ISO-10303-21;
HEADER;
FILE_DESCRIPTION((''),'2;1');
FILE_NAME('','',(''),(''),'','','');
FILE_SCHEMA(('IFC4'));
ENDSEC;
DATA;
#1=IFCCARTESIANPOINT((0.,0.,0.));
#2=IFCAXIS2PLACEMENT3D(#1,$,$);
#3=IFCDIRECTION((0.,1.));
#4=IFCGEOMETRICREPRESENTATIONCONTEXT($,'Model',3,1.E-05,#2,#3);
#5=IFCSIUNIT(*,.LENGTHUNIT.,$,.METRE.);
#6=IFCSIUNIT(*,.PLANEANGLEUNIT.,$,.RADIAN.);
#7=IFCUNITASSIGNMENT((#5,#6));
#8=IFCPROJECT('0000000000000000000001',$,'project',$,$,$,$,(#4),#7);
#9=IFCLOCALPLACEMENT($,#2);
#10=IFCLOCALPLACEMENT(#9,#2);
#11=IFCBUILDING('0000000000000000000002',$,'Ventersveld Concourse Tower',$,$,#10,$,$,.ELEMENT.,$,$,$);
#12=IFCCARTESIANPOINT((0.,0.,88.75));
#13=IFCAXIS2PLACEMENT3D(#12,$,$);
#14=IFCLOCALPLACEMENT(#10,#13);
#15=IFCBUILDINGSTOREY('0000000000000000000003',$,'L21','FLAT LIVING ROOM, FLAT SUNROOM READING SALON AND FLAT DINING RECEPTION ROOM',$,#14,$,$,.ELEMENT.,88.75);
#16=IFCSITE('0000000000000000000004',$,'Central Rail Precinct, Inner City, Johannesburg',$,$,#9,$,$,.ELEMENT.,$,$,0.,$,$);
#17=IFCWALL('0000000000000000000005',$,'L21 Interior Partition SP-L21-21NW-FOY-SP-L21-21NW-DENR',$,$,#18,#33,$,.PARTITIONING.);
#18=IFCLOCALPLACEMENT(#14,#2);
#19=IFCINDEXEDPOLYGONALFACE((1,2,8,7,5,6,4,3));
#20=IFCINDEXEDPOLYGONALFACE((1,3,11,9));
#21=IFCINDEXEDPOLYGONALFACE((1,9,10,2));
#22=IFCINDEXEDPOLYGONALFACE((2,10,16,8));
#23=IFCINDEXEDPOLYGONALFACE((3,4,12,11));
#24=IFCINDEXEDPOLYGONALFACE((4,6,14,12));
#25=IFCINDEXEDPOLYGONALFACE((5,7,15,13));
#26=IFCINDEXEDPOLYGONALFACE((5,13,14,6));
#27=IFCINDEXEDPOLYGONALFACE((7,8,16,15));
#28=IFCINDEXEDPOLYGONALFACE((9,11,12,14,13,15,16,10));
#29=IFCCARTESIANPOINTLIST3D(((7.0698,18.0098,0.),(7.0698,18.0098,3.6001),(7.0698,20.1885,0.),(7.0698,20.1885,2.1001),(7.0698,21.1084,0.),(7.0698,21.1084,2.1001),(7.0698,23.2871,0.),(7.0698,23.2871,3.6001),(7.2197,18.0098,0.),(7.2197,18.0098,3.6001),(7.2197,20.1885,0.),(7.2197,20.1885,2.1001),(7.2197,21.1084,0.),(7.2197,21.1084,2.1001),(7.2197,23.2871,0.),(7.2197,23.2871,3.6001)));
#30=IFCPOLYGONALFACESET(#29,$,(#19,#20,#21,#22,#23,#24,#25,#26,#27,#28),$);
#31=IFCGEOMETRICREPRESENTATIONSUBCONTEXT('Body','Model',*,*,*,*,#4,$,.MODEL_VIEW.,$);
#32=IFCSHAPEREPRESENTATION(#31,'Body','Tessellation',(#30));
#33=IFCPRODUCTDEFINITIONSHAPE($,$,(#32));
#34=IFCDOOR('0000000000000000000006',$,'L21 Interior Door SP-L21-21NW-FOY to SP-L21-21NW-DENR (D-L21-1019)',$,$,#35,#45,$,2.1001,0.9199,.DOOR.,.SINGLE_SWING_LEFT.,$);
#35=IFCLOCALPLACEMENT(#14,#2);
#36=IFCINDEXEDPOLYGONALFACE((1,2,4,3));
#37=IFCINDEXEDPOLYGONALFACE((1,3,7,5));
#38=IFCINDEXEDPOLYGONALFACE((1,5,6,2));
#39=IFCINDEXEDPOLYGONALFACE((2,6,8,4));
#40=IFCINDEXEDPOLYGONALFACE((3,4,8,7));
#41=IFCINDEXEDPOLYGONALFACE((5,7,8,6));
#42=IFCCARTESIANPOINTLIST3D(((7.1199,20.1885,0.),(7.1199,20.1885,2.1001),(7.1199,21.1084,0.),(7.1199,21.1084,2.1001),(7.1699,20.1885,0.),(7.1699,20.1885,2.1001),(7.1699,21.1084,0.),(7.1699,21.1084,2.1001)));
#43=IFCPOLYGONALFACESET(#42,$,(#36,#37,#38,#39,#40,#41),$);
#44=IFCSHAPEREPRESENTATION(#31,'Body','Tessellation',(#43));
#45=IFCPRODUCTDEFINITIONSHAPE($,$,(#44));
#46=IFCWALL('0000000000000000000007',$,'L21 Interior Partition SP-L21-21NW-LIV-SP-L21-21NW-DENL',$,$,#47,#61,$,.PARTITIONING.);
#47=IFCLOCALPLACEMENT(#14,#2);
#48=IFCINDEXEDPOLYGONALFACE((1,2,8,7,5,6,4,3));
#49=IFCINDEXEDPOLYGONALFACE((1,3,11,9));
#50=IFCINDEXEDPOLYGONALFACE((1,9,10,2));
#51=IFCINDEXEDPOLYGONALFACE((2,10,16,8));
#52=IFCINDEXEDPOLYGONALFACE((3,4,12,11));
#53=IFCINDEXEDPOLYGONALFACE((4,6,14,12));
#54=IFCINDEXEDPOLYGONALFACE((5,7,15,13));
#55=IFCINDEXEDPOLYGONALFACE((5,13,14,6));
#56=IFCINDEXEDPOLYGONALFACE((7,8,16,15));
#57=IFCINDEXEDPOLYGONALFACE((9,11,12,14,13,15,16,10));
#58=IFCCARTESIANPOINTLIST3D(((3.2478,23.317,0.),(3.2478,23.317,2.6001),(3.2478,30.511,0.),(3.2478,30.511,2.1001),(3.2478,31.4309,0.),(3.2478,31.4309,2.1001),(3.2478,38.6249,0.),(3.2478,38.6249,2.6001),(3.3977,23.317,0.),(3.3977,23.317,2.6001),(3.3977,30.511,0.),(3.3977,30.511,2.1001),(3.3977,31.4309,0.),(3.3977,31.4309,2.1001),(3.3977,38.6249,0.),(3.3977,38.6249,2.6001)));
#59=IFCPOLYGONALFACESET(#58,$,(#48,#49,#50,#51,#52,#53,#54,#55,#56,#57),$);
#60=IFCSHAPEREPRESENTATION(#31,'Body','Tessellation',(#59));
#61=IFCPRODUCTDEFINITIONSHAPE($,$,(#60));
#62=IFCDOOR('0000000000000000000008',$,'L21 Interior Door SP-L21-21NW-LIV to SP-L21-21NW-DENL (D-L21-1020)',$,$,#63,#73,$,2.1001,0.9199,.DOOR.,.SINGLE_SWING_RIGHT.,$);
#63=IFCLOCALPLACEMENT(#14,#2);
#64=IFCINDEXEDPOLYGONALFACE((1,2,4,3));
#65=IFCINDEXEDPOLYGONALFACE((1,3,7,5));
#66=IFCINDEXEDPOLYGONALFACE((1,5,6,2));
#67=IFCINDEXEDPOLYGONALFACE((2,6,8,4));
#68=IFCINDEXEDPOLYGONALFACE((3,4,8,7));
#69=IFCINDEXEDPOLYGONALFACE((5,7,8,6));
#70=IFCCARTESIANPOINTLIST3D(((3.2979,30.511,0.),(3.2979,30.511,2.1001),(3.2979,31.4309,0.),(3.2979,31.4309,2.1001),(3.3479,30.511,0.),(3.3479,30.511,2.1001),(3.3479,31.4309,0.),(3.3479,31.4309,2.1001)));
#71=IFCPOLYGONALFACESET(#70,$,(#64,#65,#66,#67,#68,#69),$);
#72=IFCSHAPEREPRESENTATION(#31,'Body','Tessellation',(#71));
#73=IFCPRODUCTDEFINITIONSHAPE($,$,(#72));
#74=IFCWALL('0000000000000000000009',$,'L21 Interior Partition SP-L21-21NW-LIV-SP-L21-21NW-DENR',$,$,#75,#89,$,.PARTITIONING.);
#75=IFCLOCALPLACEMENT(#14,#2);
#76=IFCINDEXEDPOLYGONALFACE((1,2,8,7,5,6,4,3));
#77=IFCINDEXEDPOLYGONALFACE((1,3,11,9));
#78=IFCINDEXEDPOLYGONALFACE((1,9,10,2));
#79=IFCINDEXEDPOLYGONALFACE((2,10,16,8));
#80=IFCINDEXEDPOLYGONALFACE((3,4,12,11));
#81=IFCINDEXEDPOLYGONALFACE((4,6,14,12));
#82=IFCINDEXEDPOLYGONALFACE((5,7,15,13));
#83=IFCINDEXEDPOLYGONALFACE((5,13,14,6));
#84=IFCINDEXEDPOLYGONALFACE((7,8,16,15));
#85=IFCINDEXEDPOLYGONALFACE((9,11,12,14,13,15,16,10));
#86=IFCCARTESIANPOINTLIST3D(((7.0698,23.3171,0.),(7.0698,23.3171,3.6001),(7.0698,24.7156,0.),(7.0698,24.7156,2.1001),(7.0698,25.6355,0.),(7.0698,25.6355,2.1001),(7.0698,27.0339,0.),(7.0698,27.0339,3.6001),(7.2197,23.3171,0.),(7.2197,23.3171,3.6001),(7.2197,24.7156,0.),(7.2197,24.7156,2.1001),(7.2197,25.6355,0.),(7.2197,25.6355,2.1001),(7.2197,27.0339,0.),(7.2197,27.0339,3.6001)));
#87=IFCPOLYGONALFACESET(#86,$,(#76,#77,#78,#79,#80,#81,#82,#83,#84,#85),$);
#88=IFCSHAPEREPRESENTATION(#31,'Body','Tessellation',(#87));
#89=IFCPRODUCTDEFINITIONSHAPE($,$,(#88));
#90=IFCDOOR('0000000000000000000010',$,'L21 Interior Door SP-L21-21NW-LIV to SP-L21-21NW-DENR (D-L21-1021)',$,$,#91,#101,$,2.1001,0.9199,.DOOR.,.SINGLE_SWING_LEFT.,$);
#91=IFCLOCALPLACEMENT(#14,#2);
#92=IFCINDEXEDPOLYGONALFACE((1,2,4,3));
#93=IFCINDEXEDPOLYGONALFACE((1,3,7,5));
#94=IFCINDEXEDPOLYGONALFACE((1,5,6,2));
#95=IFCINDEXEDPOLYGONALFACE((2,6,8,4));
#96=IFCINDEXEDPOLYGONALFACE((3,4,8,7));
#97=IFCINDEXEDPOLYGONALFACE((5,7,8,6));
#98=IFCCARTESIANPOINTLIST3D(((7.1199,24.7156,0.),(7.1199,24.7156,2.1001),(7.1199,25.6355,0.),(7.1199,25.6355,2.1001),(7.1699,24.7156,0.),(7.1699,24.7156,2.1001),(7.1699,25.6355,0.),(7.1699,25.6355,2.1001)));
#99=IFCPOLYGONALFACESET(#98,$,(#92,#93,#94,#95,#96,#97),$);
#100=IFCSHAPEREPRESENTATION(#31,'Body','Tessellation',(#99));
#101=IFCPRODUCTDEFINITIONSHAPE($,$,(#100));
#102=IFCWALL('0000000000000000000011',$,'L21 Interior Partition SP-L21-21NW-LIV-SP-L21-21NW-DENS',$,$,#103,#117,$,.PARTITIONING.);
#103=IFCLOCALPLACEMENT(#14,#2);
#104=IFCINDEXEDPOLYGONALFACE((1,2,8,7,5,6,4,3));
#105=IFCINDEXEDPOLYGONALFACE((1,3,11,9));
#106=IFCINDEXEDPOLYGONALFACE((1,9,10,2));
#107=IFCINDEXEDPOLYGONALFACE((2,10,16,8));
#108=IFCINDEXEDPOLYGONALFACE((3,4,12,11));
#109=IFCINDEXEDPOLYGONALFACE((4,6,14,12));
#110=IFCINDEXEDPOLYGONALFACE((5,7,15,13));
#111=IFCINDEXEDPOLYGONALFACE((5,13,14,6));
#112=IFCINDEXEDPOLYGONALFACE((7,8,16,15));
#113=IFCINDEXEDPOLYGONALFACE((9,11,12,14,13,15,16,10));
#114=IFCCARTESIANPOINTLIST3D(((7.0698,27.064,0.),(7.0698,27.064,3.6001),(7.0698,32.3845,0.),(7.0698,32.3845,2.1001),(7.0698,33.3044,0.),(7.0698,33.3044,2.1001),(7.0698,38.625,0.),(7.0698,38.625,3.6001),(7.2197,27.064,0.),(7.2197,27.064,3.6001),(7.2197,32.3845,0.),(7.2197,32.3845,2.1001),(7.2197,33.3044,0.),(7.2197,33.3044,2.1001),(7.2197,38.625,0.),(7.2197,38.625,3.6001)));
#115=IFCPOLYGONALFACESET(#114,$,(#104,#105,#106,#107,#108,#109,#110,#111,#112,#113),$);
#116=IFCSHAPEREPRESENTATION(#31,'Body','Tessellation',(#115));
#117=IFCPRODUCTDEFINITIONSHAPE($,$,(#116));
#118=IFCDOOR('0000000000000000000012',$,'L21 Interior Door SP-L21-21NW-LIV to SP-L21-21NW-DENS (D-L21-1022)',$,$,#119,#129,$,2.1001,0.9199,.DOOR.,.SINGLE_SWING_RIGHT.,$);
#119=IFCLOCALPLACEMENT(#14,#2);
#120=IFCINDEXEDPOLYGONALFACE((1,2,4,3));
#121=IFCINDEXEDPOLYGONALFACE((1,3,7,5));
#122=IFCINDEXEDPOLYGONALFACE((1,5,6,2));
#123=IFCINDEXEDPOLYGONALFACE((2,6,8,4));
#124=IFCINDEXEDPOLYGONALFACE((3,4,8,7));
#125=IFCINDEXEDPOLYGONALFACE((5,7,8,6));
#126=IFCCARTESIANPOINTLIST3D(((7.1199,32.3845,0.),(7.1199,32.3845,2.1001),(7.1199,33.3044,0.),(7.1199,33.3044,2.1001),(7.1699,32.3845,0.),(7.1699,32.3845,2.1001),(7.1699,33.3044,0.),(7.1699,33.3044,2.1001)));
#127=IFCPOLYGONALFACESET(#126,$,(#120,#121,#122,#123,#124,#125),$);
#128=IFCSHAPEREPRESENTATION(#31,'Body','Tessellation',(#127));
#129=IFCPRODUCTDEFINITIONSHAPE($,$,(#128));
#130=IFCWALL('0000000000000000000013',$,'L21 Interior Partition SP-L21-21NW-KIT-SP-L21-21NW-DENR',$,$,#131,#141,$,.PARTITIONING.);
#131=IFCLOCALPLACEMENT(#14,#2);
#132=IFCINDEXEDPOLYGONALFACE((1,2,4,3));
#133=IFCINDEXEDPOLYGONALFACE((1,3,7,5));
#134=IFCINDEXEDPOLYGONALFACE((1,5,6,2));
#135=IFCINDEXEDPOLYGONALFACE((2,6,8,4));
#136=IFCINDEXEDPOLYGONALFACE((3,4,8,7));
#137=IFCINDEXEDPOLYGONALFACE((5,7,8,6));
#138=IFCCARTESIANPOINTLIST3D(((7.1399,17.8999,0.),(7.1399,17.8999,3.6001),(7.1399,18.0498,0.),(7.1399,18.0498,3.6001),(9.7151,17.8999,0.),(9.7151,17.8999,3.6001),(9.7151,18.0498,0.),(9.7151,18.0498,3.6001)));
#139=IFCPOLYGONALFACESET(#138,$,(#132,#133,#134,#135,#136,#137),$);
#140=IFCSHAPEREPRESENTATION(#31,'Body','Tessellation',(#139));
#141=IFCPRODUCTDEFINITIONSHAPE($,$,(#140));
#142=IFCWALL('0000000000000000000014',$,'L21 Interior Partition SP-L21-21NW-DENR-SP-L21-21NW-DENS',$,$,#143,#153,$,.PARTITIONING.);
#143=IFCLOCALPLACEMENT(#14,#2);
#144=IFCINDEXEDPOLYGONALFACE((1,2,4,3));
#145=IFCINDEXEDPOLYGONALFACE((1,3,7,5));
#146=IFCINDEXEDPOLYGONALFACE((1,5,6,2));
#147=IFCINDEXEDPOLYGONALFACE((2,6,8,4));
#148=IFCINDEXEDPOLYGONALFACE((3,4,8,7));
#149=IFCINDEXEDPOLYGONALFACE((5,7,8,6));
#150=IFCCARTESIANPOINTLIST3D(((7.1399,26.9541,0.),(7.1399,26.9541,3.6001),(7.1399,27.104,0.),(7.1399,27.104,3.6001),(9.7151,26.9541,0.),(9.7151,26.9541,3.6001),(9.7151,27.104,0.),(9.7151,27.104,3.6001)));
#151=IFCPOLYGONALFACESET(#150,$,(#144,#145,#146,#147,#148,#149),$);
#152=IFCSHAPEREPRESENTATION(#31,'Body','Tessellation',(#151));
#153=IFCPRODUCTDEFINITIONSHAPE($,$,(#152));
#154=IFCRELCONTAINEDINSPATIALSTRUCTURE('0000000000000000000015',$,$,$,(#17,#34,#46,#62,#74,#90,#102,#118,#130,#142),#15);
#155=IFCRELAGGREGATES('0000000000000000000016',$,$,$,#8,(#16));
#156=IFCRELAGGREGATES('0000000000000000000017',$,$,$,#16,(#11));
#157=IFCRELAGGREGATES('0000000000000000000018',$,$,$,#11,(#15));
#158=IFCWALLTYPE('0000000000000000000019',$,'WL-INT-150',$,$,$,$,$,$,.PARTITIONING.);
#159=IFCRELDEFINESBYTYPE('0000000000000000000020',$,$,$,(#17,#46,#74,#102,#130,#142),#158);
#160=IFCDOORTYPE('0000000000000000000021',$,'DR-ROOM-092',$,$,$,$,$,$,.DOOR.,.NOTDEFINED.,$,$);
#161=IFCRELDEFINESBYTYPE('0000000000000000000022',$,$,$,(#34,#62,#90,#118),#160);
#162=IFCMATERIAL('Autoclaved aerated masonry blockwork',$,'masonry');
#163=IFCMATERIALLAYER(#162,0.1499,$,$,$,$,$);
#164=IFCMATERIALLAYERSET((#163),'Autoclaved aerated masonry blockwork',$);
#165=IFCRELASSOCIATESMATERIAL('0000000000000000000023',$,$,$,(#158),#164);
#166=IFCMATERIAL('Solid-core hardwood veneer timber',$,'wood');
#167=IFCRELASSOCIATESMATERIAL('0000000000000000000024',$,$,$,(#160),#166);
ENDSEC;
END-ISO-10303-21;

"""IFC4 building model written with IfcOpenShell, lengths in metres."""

from ifc_helpers import new_model, si_unit, direction, frame, frame_2d, origin, place, context, subcontext, project, spatial, rectangle, extrude, material, layer, layer_set, type_object, element, fill, save


model = new_model("IFC4")

# Units and contexts
model_context = context("Model", 3, precision=1e-05, world=origin(), true_north=direction((0.0, 1.0)))
body_context = subcontext(model_context, "Body", "Model", "MODEL_VIEW")
ifc_project = project(units=[si_unit("LENGTHUNIT", "METRE"), si_unit("PLANEANGLEUNIT", "RADIAN")], contexts=[model_context])

# Site, building, storey
site_placement = place(None, origin())
site = spatial("IfcSite", under=ifc_project, at=site_placement, Name="Central Rail Precinct, Inner City, Johannesburg", CompositionType="ELEMENT", RefElevation=0.0)
building_placement = place(site_placement, origin())
building = spatial("IfcBuilding", under=site, at=building_placement, Name="Ventersveld Concourse Tower", CompositionType="ELEMENT")
storey_placement = place(building_placement, frame((0.0, 0.0, 88.75)))
storey = spatial("IfcBuildingStorey", under=building, at=storey_placement, Name="L21", Description="FLAT LIVING ROOM, FLAT SUNROOM READING SALON AND FLAT DINING RECEPTION ROOM", CompositionType="ELEMENT", Elevation=88.75)

# Walls, openings, doors
ifc_material_1 = material(Name="Autoclaved aerated masonry blockwork", Category="masonry")
ifc_layer_1 = layer(ifc_material_1, 0.1499)
ifc_layer_set_1 = layer_set([ifc_layer_1], Name="Autoclaved aerated masonry blockwork")
wall_type_1 = type_object("IfcWallType", Name="WL-INT-150", PredefinedType="PARTITIONING", material=ifc_layer_set_1)
ifc_material_2 = material(Name="Solid-core hardwood veneer timber", Category="wood")
door_type_1 = type_object("IfcDoorType", Name="DR-ROOM-092", OperationType="NOTDEFINED", PredefinedType="DOOR", material=ifc_material_2)
wall_1_placement = place(storey_placement, frame((7.1448, 18.0098, 0.0), z_axis=(0.0, 0.0, 1.0), x_axis=(0.0, 1.0, 0.0)))
wall_1 = element("IfcWall", 1, at=wall_1_placement, inside=storey, type_object=wall_type_1, Name="L21 Interior Partition SP-L21-21NW-FOY-SP-L21-21NW-DENR", PredefinedType="PARTITIONING", context=body_context, shape_type="SweptSolid", body=[
    extrude(rectangle(XDim=5.2773, YDim=0.1499, at=frame_2d((2.6387, 0.0))), origin(), (0.0, 0.0, 1.0), 3.6001),
])
opening_1_placement = place(wall_1_placement, frame((2.1787, 0.0, 0.0)))
opening_1 = element("IfcOpeningElement", 2, at=opening_1_placement, cuts=wall_1, PredefinedType="OPENING", context=body_context, shape_type="SweptSolid", body=[
    extrude(rectangle(XDim=0.9199, YDim=2.1001, at=frame_2d((0.46, 1.05))), frame((0.0, 0.085, 0.0), z_axis=(0.0, -1.0, 0.0), x_axis=(1.0, 0.0, 0.0)), (0.0, 0.0, 1.0), 0.1699),
])
door_1_placement = place(opening_1_placement, origin())
door_1 = element("IfcDoor", 3, at=door_1_placement, inside=storey, type_object=door_type_1, Name="L21 Interior Door SP-L21-21NW-FOY to SP-L21-21NW-DENR (D-L21-1019)", OperationType="SINGLE_SWING_LEFT", OverallHeight=2.1001, OverallWidth=0.9199, PredefinedType="DOOR", context=body_context, shape_type="SweptSolid", body=[
    extrude(rectangle(XDim=0.9199, YDim=2.1001, at=frame_2d((0.46, 1.05))), frame((0.0, 0.0249, 0.0), z_axis=(0.0, -1.0, 0.0), x_axis=(1.0, 0.0, 0.0)), (0.0, 0.0, 1.0), 0.05),
])
fill(opening_1, door_1)
wall_2_placement = place(storey_placement, frame((3.3228, 23.3171, 0.0), z_axis=(0.0, 0.0, 1.0), x_axis=(0.0, 1.0, 0.0)))
wall_2 = element("IfcWall", 4, at=wall_2_placement, inside=storey, type_object=wall_type_1, Name="L21 Interior Partition SP-L21-21NW-LIV-SP-L21-21NW-DENL", PredefinedType="PARTITIONING", context=body_context, shape_type="SweptSolid", body=[
    extrude(rectangle(XDim=15.3079, YDim=0.1499, at=frame_2d((7.6538, 0.0))), origin(), (0.0, 0.0, 1.0), 2.6001),
])
opening_2_placement = place(wall_2_placement, frame((7.1938, 0.0, 0.0)))
opening_2 = element("IfcOpeningElement", 5, at=opening_2_placement, cuts=wall_2, PredefinedType="OPENING", context=body_context, shape_type="SweptSolid", body=[
    extrude(rectangle(XDim=0.9199, YDim=2.1001, at=frame_2d((0.46, 1.05))), frame((0.0, 0.085, 0.0), z_axis=(0.0, -1.0, 0.0), x_axis=(1.0, 0.0, 0.0)), (0.0, 0.0, 1.0), 0.1699),
])
door_2_placement = place(opening_2_placement, origin())
door_2 = element("IfcDoor", 6, at=door_2_placement, inside=storey, type_object=door_type_1, Name="L21 Interior Door SP-L21-21NW-LIV to SP-L21-21NW-DENL (D-L21-1020)", OperationType="SINGLE_SWING_RIGHT", OverallHeight=2.1001, OverallWidth=0.9199, PredefinedType="DOOR", context=body_context, shape_type="SweptSolid", body=[
    extrude(rectangle(XDim=0.9199, YDim=2.1001, at=frame_2d((0.46, 1.05))), frame((0.0, 0.0249, 0.0), z_axis=(0.0, -1.0, 0.0), x_axis=(1.0, 0.0, 0.0)), (0.0, 0.0, 1.0), 0.05),
])
fill(opening_2, door_2)
wall_3_placement = place(storey_placement, frame((7.1448, 23.3171, 0.0), z_axis=(0.0, 0.0, 1.0), x_axis=(0.0, 1.0, 0.0)))
wall_3 = element("IfcWall", 7, at=wall_3_placement, inside=storey, type_object=wall_type_1, Name="L21 Interior Partition SP-L21-21NW-LIV-SP-L21-21NW-DENR", PredefinedType="PARTITIONING", context=body_context, shape_type="SweptSolid", body=[
    extrude(rectangle(XDim=3.7168, YDim=0.1499, at=frame_2d((1.8584, 0.0))), origin(), (0.0, 0.0, 1.0), 3.6001),
])
opening_3_placement = place(wall_3_placement, frame((1.3984, 0.0, 0.0)))
opening_3 = element("IfcOpeningElement", 8, at=opening_3_placement, cuts=wall_3, PredefinedType="OPENING", context=body_context, shape_type="SweptSolid", body=[
    extrude(rectangle(XDim=0.9199, YDim=2.1001, at=frame_2d((0.46, 1.05))), frame((0.0, 0.085, 0.0), z_axis=(0.0, -1.0, 0.0), x_axis=(1.0, 0.0, 0.0)), (0.0, 0.0, 1.0), 0.1699),
])
door_3_placement = place(opening_3_placement, origin())
door_3 = element("IfcDoor", 9, at=door_3_placement, inside=storey, type_object=door_type_1, Name="L21 Interior Door SP-L21-21NW-LIV to SP-L21-21NW-DENR (D-L21-1021)", OperationType="SINGLE_SWING_LEFT", OverallHeight=2.1001, OverallWidth=0.9199, PredefinedType="DOOR", context=body_context, shape_type="SweptSolid", body=[
    extrude(rectangle(XDim=0.9199, YDim=2.1001, at=frame_2d((0.46, 1.05))), frame((0.0, 0.0249, 0.0), z_axis=(0.0, -1.0, 0.0), x_axis=(1.0, 0.0, 0.0)), (0.0, 0.0, 1.0), 0.05),
])
fill(opening_3, door_3)
wall_4_placement = place(storey_placement, frame((7.1448, 27.064, 0.0), z_axis=(0.0, 0.0, 1.0), x_axis=(0.0, 1.0, 0.0)))
wall_4 = element("IfcWall", 10, at=wall_4_placement, inside=storey, type_object=wall_type_1, Name="L21 Interior Partition SP-L21-21NW-LIV-SP-L21-21NW-DENS", PredefinedType="PARTITIONING", context=body_context, shape_type="SweptSolid", body=[
    extrude(rectangle(XDim=11.561, YDim=0.1499, at=frame_2d((5.7805, 0.0))), origin(), (0.0, 0.0, 1.0), 3.6001),
])
opening_4_placement = place(wall_4_placement, frame((5.3206, 0.0, 0.0)))
opening_4 = element("IfcOpeningElement", 11, at=opening_4_placement, cuts=wall_4, PredefinedType="OPENING", context=body_context, shape_type="SweptSolid", body=[
    extrude(rectangle(XDim=0.9199, YDim=2.1001, at=frame_2d((0.46, 1.05))), frame((0.0, 0.085, 0.0), z_axis=(0.0, -1.0, 0.0), x_axis=(1.0, 0.0, 0.0)), (0.0, 0.0, 1.0), 0.1699),
])
door_4_placement = place(opening_4_placement, origin())
door_4 = element("IfcDoor", 12, at=door_4_placement, inside=storey, type_object=door_type_1, Name="L21 Interior Door SP-L21-21NW-LIV to SP-L21-21NW-DENS (D-L21-1022)", OperationType="SINGLE_SWING_RIGHT", OverallHeight=2.1001, OverallWidth=0.9199, PredefinedType="DOOR", context=body_context, shape_type="SweptSolid", body=[
    extrude(rectangle(XDim=0.9199, YDim=2.1001, at=frame_2d((0.46, 1.05))), frame((0.0, 0.0249, 0.0), z_axis=(0.0, -1.0, 0.0), x_axis=(1.0, 0.0, 0.0)), (0.0, 0.0, 1.0), 0.05),
])
fill(opening_4, door_4)

# Walls
for number, where, z_axis, x_axis, name in (
    (13, (7.1399, 17.9749, 0.0), (0.0, 0.0, 1.0), (1.0, 0.0, 0.0), "L21 Interior Partition SP-L21-21NW-KIT-SP-L21-21NW-DENR"),
    (14, (7.1399, 27.0291, 0.0), (0.0, 0.0, 1.0), (1.0, 0.0, 0.0), "L21 Interior Partition SP-L21-21NW-DENR-SP-L21-21NW-DENS"),
):
    element("IfcWall", number, at=place(storey_placement, frame(where, z_axis=z_axis, x_axis=x_axis)), inside=storey, type_object=wall_type_1, Name=name, PredefinedType="PARTITIONING", context=body_context, shape_type="SweptSolid", body=[
        extrude(rectangle(XDim=2.5752, YDim=0.1499, at=frame_2d((1.2876, 0.0))), origin(), (0.0, 0.0, 1.0), 3.6001),
    ])

save(model, "model.ifc")
